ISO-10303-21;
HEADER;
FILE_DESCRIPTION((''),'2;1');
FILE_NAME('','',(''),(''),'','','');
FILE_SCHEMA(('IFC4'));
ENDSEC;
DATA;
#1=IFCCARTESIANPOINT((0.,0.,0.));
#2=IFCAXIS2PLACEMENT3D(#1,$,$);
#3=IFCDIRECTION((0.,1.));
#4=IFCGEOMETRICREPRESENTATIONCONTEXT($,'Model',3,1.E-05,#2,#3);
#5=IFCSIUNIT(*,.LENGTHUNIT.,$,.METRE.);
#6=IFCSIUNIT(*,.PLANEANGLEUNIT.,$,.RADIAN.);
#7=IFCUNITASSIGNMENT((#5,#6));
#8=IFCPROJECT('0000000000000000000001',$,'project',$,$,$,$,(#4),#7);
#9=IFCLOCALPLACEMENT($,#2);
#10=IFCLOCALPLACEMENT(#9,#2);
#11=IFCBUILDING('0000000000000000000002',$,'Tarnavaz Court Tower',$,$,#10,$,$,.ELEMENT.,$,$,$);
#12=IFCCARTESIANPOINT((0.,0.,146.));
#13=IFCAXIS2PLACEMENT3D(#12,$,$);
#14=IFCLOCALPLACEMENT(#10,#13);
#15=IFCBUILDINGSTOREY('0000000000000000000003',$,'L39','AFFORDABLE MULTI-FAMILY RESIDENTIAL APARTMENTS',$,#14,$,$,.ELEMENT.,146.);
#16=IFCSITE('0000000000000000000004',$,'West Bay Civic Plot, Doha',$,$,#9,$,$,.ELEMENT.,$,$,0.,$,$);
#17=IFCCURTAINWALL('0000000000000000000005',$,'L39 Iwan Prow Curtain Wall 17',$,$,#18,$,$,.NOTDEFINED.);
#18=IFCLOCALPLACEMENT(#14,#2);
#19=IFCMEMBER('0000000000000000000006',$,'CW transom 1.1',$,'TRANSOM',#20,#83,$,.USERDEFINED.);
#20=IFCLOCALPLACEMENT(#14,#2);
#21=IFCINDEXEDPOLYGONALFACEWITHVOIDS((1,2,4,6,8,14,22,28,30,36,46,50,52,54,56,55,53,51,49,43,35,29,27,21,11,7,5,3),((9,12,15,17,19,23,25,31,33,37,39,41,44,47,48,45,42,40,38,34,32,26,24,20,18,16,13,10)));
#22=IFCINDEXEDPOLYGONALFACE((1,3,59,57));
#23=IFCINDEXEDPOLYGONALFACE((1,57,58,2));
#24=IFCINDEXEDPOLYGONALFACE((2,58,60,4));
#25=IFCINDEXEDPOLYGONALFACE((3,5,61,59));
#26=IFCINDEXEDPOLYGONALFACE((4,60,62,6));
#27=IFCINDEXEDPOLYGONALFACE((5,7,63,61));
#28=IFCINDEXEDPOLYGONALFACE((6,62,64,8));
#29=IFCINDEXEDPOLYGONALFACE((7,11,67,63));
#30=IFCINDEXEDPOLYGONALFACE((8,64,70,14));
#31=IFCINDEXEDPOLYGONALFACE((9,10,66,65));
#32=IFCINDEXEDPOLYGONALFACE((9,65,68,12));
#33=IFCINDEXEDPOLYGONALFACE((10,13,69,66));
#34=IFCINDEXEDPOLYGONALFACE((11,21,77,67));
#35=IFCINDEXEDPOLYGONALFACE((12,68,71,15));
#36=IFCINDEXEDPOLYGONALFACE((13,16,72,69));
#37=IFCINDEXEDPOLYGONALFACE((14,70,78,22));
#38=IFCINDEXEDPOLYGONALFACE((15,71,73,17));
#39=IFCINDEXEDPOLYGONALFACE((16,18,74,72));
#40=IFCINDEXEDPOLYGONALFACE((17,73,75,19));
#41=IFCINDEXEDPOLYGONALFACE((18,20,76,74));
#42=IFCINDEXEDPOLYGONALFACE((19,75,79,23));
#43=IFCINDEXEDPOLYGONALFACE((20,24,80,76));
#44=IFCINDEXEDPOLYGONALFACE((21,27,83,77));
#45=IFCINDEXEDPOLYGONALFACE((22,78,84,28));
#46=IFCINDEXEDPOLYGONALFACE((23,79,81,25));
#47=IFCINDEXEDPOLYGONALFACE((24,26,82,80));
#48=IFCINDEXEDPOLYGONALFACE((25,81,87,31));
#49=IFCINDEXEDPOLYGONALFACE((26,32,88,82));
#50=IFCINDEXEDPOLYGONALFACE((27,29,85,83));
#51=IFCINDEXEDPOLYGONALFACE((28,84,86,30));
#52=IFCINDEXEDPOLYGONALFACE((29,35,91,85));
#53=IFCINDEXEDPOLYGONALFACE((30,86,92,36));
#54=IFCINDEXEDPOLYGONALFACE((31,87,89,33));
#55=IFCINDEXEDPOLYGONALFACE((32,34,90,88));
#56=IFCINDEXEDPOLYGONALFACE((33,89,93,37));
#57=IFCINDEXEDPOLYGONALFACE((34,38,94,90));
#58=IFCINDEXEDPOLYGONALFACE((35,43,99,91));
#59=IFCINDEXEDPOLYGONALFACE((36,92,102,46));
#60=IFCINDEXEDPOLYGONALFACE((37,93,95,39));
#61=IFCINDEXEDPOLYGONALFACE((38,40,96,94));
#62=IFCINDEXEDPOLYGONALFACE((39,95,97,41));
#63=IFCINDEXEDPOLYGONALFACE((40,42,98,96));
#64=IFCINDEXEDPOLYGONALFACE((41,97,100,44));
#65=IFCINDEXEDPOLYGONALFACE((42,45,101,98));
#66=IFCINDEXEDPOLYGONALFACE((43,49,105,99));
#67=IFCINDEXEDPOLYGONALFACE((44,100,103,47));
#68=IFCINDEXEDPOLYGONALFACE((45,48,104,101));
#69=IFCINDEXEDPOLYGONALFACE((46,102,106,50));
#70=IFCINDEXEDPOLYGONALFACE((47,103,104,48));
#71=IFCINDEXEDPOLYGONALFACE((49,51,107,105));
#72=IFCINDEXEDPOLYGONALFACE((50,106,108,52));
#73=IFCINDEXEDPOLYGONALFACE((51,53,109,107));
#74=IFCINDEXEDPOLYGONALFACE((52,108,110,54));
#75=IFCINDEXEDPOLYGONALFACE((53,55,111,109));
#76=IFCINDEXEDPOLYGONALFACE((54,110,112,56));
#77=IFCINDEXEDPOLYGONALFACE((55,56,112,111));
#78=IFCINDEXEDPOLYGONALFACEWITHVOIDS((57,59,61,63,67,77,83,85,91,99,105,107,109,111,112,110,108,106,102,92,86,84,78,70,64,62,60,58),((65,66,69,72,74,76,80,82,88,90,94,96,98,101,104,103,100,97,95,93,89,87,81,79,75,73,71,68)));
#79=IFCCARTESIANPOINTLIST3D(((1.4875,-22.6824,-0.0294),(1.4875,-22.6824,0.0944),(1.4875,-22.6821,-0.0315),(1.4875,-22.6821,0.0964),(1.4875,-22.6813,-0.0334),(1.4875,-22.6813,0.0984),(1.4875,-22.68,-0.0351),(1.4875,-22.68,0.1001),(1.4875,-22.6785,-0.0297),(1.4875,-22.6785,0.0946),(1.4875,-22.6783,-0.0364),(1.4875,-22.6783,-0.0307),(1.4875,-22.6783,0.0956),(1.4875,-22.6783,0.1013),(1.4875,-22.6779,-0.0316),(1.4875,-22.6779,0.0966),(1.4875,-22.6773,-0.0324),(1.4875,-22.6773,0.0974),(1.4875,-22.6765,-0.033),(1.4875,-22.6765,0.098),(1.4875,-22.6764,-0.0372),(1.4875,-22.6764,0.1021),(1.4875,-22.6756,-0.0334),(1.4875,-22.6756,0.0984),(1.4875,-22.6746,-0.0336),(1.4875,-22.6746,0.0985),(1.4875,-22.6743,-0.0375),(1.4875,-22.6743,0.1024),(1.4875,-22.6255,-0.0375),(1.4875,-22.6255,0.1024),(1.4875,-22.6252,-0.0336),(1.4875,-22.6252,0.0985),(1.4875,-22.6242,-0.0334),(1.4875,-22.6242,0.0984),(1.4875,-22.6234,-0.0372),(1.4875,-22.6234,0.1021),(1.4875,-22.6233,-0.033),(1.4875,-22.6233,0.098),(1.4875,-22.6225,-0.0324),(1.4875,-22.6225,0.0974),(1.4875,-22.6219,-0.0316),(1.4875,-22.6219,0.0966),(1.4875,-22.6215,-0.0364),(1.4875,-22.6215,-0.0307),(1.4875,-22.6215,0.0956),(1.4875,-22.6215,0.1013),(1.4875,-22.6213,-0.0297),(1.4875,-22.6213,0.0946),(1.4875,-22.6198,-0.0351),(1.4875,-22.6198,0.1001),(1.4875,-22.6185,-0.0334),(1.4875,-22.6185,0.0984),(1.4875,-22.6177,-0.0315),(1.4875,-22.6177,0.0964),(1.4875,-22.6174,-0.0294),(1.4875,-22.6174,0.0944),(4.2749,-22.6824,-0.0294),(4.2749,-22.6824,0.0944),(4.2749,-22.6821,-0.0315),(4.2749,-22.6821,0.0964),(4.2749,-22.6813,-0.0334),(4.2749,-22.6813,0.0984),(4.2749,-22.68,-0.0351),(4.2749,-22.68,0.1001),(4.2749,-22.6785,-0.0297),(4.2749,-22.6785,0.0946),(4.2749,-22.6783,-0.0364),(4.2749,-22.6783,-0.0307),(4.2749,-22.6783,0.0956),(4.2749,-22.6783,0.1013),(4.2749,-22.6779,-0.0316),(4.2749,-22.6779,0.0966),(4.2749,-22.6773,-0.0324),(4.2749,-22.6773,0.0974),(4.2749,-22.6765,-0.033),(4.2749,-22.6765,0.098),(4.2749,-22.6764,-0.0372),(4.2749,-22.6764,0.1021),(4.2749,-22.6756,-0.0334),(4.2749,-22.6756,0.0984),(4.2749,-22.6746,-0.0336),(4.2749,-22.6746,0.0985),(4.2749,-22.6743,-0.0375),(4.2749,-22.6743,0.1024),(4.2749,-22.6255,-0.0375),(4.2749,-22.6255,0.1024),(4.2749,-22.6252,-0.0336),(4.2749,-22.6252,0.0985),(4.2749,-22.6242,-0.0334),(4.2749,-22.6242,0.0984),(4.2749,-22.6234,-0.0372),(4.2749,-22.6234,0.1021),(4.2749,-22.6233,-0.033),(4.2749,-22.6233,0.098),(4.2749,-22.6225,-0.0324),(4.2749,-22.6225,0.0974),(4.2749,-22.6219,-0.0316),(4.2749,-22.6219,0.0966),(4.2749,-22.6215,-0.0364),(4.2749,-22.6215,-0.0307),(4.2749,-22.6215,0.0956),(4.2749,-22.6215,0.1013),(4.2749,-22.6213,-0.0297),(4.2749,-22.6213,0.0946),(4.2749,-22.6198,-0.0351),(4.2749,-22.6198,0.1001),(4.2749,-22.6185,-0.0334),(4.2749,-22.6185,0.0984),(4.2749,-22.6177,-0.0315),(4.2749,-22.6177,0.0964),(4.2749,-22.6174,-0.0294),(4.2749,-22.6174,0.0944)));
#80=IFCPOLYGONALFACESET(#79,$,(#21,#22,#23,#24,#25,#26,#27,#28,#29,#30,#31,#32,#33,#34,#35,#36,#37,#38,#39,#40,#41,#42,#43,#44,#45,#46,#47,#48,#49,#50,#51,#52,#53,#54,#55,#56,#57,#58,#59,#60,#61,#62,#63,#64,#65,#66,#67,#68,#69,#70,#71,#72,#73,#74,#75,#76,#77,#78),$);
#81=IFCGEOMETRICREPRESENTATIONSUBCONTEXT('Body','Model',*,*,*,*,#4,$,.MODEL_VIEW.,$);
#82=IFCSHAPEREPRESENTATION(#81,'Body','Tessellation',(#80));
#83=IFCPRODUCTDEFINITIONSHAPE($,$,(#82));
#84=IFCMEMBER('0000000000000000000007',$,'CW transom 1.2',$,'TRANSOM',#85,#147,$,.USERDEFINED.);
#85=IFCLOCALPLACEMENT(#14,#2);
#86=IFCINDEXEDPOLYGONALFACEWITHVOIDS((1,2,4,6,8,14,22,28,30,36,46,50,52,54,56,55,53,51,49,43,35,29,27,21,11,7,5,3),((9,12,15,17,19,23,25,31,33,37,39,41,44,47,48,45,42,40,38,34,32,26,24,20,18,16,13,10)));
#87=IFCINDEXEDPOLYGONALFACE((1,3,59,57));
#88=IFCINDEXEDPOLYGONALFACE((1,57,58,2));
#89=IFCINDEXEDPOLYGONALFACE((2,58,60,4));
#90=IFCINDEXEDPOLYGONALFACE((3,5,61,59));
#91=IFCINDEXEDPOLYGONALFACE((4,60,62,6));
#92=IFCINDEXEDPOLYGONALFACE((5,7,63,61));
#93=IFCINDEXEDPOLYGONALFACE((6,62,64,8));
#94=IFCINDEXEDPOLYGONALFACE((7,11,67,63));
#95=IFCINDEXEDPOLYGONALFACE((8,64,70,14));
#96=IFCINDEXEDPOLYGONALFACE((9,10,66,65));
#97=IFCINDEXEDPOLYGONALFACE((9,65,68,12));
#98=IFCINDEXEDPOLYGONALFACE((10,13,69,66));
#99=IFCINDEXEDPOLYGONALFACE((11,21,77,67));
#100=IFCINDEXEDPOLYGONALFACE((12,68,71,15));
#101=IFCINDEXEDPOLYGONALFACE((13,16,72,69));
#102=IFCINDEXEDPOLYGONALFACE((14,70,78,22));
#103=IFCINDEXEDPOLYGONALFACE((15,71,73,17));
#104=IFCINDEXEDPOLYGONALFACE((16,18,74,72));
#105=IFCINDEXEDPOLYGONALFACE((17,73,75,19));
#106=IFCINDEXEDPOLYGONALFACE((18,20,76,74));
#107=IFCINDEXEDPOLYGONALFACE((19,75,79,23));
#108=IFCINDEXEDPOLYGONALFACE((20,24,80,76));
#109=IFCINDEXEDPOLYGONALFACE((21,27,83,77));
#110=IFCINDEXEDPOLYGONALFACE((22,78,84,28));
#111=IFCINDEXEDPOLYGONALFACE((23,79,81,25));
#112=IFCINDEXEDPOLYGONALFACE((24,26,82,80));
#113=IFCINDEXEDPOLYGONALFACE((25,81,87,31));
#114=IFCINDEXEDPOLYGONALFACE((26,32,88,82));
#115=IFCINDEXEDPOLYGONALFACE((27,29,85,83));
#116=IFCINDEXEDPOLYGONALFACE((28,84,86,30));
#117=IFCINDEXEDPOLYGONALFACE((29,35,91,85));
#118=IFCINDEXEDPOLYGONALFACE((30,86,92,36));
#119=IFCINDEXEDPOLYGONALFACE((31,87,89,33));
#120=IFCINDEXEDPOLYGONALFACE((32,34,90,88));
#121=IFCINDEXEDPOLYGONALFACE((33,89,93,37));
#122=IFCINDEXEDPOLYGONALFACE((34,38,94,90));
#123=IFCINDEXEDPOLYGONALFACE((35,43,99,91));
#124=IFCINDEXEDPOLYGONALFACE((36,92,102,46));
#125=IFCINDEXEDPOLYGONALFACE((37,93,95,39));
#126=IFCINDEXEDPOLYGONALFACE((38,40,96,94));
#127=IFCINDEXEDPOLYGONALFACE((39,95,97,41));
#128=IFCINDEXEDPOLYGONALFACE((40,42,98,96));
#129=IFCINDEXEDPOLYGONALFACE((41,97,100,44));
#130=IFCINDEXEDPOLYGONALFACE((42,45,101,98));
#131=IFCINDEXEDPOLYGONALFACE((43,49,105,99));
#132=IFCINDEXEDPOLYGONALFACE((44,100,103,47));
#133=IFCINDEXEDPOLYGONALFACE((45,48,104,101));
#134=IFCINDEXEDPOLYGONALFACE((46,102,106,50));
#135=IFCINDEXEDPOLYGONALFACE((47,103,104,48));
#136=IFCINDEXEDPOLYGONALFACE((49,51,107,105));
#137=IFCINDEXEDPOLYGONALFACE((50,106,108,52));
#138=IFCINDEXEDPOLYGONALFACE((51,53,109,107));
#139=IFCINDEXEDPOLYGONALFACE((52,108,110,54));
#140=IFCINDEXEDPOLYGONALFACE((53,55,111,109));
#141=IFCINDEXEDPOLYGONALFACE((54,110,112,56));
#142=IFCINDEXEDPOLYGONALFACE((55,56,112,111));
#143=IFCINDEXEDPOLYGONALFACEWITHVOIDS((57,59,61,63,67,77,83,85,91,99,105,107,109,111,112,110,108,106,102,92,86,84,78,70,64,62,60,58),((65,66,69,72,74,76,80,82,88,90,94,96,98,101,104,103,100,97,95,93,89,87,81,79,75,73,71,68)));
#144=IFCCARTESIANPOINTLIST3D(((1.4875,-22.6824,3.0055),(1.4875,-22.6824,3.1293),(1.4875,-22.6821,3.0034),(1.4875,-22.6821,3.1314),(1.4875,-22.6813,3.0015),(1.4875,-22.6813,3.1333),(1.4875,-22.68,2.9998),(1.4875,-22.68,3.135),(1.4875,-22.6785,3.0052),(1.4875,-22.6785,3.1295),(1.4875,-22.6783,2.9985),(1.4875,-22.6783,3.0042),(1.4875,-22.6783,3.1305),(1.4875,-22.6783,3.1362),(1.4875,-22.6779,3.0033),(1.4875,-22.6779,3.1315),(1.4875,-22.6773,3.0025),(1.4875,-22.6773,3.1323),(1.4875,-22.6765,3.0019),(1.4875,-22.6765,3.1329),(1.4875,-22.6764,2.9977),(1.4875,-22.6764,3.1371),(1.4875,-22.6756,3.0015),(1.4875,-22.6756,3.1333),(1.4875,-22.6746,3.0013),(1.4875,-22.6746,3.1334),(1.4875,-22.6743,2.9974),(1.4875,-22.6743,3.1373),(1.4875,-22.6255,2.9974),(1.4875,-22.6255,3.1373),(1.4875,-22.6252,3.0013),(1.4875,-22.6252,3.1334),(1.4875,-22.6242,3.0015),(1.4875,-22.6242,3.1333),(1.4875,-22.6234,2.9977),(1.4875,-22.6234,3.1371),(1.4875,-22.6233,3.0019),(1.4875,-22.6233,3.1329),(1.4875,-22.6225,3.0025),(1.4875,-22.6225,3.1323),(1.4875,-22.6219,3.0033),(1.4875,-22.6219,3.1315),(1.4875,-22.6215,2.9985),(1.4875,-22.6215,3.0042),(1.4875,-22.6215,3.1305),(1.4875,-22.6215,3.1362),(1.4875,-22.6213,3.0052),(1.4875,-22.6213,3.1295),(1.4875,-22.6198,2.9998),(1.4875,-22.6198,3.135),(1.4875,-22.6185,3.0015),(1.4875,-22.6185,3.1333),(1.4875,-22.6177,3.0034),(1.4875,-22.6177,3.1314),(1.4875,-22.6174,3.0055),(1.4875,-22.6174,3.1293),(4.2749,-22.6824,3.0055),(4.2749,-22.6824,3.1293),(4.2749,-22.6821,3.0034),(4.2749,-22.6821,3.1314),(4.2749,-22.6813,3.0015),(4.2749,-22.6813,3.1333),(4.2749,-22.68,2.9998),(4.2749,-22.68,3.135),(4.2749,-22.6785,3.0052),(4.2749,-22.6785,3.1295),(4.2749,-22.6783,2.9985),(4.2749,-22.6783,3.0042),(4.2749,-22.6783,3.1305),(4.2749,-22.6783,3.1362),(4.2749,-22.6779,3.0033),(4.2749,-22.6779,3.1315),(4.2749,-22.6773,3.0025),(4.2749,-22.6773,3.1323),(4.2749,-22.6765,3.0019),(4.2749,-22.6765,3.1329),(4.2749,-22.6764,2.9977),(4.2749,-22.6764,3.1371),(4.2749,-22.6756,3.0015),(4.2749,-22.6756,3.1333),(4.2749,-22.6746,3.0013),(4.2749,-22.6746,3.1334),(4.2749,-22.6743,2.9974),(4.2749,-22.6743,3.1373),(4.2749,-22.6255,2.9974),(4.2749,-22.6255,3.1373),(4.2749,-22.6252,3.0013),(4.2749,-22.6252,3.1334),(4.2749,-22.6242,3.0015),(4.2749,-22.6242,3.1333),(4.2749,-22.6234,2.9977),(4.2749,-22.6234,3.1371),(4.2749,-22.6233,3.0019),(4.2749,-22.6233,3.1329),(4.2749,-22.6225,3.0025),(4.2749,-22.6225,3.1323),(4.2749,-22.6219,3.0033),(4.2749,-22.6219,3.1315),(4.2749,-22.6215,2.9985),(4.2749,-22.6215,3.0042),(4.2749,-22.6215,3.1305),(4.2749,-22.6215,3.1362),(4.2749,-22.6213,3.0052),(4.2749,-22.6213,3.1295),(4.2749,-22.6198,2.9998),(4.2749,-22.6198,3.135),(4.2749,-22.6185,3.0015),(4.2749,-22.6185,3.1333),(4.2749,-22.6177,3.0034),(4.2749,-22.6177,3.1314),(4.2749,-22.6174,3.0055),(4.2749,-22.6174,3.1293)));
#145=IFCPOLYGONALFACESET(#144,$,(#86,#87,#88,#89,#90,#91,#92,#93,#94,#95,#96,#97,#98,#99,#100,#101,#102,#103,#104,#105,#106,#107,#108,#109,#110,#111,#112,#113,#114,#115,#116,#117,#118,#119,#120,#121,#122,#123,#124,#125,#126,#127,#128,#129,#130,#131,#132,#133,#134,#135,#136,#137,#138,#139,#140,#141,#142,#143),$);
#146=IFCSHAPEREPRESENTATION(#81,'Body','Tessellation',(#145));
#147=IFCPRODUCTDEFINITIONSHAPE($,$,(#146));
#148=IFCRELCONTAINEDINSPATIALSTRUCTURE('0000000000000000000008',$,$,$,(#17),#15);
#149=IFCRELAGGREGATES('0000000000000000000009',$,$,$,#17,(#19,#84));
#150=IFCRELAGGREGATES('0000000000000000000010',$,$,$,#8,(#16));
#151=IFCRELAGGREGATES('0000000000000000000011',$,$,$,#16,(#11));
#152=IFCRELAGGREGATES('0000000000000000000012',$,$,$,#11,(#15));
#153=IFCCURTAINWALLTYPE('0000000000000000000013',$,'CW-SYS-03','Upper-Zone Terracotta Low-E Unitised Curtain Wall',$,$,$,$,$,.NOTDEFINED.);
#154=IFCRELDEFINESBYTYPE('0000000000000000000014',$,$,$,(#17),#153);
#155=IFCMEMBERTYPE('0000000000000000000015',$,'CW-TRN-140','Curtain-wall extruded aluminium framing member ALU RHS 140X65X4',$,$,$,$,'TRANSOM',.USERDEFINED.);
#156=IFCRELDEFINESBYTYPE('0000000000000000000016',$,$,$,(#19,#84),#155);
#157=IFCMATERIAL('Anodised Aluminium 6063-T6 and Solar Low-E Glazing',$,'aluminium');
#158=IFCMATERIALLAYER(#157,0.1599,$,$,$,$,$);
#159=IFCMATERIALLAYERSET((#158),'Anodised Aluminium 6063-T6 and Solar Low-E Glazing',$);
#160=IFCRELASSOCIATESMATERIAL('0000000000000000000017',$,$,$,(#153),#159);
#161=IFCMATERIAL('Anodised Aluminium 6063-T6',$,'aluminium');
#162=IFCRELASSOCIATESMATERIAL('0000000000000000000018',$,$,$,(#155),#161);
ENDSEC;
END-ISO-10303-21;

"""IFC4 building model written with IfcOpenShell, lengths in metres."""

from ifc_helpers import new_model, si_unit, direction, frame, origin, origin_2d, place, context, subcontext, project, spatial, hollow_rectangle, extrude, material, layer, layer_set, material_profile, profile_set, type_object, element, aggregate, save


model = new_model("IFC4")

# Units and contexts
model_context = context("Model", 3, precision=1e-05, world=origin(), true_north=direction((0.0, 1.0)))
body_context = subcontext(model_context, "Body", "Model", "MODEL_VIEW")
ifc_project = project(units=[si_unit("LENGTHUNIT", "METRE"), si_unit("PLANEANGLEUNIT", "RADIAN")], contexts=[model_context])

# Site, building, storey
site_placement = place(None, origin())
site = spatial("IfcSite", under=ifc_project, at=site_placement, Name="West Bay Civic Plot, Doha", CompositionType="ELEMENT", RefElevation=0.0)
building_placement = place(site_placement, origin())
building = spatial("IfcBuilding", under=site, at=building_placement, Name="Tarnavaz Court Tower", CompositionType="ELEMENT")
storey_placement = place(building_placement, frame((0.0, 0.0, 146.0)))
storey = spatial("IfcBuildingStorey", under=building, at=storey_placement, Name="L39", Description="AFFORDABLE MULTI-FAMILY RESIDENTIAL APARTMENTS", CompositionType="ELEMENT", Elevation=146.0)

# Curtain wall, members
ifc_material_1 = material(Name="Anodised Aluminium 6063-T6 and Solar Low-E Glazing", Category="aluminium")
ifc_layer_1 = layer(ifc_material_1, 0.1599)
ifc_layer_set_1 = layer_set([ifc_layer_1], Name="Anodised Aluminium 6063-T6 and Solar Low-E Glazing")
curtain_wall_type = type_object("IfcCurtainWallType", Name="CW-SYS-03", Description="Upper-Zone Terracotta Low-E Unitised Curtain Wall", PredefinedType="NOTDEFINED", material=ifc_layer_set_1)
curtain_wall_placement = place(storey_placement, origin())
curtain_wall = element("IfcCurtainWall", 1, at=curtain_wall_placement, inside=storey, type_object=curtain_wall_type, Name="L39 Iwan Prow Curtain Wall 17", PredefinedType="NOTDEFINED")
ifc_material_2 = material(Name="Anodised Aluminium 6063-T6", Category="aluminium")
ifc_material_profile_1 = material_profile(ifc_material_2, hollow_rectangle(XDim=0.0649, YDim=0.1399, WallThickness=0.0039, InnerFilletRadius=0.0039, OuterFilletRadius=0.0081, at=origin_2d()), Name="ALU RHS 140X65X4")
ifc_profile_set_1 = profile_set([ifc_material_profile_1], Name="Anodised Aluminium 6063-T6")
member_type_1 = type_object("IfcMemberType", Name="CW-TRN-140", Description="Curtain-wall extruded aluminium framing member ALU RHS 140X65X4", ElementType="TRANSOM", PredefinedType="USERDEFINED", material=ifc_profile_set_1)
member_1_placement = place(storey_placement, frame((4.2749, -22.6499, 0.0325), z_axis=(-1.0, 0.0, 0.0), x_axis=(0.0, -1.0, 0.0)))
member_1 = element("IfcMember", 2, at=member_1_placement, type_object=member_type_1, Name="CW transom 1.1", ObjectType="TRANSOM", PredefinedType="USERDEFINED", context=body_context, shape_type="SweptSolid", body=[
    extrude(hollow_rectangle(XDim=0.0649, YDim=0.1399, WallThickness=0.0039, InnerFilletRadius=0.0039, OuterFilletRadius=0.0081, at=origin_2d()), origin(), (0.0, 0.0, 1.0), 2.7874),
])
member_2_placement = place(storey_placement, frame((4.2749, -22.6499, 3.0674), z_axis=(-1.0, 0.0, 0.0), x_axis=(0.0, -1.0, 0.0)))
member_2 = element("IfcMember", 3, at=member_2_placement, type_object=member_type_1, Name="CW transom 1.2", ObjectType="TRANSOM", PredefinedType="USERDEFINED", context=body_context, shape_type="SweptSolid", body=[
    extrude(hollow_rectangle(XDim=0.0649, YDim=0.1399, WallThickness=0.0039, InnerFilletRadius=0.0039, OuterFilletRadius=0.0081, at=origin_2d()), origin(), (0.0, 0.0, 1.0), 2.7874),
])
aggregate(curtain_wall, [member_1, member_2])

save(model, "model.ifc")
